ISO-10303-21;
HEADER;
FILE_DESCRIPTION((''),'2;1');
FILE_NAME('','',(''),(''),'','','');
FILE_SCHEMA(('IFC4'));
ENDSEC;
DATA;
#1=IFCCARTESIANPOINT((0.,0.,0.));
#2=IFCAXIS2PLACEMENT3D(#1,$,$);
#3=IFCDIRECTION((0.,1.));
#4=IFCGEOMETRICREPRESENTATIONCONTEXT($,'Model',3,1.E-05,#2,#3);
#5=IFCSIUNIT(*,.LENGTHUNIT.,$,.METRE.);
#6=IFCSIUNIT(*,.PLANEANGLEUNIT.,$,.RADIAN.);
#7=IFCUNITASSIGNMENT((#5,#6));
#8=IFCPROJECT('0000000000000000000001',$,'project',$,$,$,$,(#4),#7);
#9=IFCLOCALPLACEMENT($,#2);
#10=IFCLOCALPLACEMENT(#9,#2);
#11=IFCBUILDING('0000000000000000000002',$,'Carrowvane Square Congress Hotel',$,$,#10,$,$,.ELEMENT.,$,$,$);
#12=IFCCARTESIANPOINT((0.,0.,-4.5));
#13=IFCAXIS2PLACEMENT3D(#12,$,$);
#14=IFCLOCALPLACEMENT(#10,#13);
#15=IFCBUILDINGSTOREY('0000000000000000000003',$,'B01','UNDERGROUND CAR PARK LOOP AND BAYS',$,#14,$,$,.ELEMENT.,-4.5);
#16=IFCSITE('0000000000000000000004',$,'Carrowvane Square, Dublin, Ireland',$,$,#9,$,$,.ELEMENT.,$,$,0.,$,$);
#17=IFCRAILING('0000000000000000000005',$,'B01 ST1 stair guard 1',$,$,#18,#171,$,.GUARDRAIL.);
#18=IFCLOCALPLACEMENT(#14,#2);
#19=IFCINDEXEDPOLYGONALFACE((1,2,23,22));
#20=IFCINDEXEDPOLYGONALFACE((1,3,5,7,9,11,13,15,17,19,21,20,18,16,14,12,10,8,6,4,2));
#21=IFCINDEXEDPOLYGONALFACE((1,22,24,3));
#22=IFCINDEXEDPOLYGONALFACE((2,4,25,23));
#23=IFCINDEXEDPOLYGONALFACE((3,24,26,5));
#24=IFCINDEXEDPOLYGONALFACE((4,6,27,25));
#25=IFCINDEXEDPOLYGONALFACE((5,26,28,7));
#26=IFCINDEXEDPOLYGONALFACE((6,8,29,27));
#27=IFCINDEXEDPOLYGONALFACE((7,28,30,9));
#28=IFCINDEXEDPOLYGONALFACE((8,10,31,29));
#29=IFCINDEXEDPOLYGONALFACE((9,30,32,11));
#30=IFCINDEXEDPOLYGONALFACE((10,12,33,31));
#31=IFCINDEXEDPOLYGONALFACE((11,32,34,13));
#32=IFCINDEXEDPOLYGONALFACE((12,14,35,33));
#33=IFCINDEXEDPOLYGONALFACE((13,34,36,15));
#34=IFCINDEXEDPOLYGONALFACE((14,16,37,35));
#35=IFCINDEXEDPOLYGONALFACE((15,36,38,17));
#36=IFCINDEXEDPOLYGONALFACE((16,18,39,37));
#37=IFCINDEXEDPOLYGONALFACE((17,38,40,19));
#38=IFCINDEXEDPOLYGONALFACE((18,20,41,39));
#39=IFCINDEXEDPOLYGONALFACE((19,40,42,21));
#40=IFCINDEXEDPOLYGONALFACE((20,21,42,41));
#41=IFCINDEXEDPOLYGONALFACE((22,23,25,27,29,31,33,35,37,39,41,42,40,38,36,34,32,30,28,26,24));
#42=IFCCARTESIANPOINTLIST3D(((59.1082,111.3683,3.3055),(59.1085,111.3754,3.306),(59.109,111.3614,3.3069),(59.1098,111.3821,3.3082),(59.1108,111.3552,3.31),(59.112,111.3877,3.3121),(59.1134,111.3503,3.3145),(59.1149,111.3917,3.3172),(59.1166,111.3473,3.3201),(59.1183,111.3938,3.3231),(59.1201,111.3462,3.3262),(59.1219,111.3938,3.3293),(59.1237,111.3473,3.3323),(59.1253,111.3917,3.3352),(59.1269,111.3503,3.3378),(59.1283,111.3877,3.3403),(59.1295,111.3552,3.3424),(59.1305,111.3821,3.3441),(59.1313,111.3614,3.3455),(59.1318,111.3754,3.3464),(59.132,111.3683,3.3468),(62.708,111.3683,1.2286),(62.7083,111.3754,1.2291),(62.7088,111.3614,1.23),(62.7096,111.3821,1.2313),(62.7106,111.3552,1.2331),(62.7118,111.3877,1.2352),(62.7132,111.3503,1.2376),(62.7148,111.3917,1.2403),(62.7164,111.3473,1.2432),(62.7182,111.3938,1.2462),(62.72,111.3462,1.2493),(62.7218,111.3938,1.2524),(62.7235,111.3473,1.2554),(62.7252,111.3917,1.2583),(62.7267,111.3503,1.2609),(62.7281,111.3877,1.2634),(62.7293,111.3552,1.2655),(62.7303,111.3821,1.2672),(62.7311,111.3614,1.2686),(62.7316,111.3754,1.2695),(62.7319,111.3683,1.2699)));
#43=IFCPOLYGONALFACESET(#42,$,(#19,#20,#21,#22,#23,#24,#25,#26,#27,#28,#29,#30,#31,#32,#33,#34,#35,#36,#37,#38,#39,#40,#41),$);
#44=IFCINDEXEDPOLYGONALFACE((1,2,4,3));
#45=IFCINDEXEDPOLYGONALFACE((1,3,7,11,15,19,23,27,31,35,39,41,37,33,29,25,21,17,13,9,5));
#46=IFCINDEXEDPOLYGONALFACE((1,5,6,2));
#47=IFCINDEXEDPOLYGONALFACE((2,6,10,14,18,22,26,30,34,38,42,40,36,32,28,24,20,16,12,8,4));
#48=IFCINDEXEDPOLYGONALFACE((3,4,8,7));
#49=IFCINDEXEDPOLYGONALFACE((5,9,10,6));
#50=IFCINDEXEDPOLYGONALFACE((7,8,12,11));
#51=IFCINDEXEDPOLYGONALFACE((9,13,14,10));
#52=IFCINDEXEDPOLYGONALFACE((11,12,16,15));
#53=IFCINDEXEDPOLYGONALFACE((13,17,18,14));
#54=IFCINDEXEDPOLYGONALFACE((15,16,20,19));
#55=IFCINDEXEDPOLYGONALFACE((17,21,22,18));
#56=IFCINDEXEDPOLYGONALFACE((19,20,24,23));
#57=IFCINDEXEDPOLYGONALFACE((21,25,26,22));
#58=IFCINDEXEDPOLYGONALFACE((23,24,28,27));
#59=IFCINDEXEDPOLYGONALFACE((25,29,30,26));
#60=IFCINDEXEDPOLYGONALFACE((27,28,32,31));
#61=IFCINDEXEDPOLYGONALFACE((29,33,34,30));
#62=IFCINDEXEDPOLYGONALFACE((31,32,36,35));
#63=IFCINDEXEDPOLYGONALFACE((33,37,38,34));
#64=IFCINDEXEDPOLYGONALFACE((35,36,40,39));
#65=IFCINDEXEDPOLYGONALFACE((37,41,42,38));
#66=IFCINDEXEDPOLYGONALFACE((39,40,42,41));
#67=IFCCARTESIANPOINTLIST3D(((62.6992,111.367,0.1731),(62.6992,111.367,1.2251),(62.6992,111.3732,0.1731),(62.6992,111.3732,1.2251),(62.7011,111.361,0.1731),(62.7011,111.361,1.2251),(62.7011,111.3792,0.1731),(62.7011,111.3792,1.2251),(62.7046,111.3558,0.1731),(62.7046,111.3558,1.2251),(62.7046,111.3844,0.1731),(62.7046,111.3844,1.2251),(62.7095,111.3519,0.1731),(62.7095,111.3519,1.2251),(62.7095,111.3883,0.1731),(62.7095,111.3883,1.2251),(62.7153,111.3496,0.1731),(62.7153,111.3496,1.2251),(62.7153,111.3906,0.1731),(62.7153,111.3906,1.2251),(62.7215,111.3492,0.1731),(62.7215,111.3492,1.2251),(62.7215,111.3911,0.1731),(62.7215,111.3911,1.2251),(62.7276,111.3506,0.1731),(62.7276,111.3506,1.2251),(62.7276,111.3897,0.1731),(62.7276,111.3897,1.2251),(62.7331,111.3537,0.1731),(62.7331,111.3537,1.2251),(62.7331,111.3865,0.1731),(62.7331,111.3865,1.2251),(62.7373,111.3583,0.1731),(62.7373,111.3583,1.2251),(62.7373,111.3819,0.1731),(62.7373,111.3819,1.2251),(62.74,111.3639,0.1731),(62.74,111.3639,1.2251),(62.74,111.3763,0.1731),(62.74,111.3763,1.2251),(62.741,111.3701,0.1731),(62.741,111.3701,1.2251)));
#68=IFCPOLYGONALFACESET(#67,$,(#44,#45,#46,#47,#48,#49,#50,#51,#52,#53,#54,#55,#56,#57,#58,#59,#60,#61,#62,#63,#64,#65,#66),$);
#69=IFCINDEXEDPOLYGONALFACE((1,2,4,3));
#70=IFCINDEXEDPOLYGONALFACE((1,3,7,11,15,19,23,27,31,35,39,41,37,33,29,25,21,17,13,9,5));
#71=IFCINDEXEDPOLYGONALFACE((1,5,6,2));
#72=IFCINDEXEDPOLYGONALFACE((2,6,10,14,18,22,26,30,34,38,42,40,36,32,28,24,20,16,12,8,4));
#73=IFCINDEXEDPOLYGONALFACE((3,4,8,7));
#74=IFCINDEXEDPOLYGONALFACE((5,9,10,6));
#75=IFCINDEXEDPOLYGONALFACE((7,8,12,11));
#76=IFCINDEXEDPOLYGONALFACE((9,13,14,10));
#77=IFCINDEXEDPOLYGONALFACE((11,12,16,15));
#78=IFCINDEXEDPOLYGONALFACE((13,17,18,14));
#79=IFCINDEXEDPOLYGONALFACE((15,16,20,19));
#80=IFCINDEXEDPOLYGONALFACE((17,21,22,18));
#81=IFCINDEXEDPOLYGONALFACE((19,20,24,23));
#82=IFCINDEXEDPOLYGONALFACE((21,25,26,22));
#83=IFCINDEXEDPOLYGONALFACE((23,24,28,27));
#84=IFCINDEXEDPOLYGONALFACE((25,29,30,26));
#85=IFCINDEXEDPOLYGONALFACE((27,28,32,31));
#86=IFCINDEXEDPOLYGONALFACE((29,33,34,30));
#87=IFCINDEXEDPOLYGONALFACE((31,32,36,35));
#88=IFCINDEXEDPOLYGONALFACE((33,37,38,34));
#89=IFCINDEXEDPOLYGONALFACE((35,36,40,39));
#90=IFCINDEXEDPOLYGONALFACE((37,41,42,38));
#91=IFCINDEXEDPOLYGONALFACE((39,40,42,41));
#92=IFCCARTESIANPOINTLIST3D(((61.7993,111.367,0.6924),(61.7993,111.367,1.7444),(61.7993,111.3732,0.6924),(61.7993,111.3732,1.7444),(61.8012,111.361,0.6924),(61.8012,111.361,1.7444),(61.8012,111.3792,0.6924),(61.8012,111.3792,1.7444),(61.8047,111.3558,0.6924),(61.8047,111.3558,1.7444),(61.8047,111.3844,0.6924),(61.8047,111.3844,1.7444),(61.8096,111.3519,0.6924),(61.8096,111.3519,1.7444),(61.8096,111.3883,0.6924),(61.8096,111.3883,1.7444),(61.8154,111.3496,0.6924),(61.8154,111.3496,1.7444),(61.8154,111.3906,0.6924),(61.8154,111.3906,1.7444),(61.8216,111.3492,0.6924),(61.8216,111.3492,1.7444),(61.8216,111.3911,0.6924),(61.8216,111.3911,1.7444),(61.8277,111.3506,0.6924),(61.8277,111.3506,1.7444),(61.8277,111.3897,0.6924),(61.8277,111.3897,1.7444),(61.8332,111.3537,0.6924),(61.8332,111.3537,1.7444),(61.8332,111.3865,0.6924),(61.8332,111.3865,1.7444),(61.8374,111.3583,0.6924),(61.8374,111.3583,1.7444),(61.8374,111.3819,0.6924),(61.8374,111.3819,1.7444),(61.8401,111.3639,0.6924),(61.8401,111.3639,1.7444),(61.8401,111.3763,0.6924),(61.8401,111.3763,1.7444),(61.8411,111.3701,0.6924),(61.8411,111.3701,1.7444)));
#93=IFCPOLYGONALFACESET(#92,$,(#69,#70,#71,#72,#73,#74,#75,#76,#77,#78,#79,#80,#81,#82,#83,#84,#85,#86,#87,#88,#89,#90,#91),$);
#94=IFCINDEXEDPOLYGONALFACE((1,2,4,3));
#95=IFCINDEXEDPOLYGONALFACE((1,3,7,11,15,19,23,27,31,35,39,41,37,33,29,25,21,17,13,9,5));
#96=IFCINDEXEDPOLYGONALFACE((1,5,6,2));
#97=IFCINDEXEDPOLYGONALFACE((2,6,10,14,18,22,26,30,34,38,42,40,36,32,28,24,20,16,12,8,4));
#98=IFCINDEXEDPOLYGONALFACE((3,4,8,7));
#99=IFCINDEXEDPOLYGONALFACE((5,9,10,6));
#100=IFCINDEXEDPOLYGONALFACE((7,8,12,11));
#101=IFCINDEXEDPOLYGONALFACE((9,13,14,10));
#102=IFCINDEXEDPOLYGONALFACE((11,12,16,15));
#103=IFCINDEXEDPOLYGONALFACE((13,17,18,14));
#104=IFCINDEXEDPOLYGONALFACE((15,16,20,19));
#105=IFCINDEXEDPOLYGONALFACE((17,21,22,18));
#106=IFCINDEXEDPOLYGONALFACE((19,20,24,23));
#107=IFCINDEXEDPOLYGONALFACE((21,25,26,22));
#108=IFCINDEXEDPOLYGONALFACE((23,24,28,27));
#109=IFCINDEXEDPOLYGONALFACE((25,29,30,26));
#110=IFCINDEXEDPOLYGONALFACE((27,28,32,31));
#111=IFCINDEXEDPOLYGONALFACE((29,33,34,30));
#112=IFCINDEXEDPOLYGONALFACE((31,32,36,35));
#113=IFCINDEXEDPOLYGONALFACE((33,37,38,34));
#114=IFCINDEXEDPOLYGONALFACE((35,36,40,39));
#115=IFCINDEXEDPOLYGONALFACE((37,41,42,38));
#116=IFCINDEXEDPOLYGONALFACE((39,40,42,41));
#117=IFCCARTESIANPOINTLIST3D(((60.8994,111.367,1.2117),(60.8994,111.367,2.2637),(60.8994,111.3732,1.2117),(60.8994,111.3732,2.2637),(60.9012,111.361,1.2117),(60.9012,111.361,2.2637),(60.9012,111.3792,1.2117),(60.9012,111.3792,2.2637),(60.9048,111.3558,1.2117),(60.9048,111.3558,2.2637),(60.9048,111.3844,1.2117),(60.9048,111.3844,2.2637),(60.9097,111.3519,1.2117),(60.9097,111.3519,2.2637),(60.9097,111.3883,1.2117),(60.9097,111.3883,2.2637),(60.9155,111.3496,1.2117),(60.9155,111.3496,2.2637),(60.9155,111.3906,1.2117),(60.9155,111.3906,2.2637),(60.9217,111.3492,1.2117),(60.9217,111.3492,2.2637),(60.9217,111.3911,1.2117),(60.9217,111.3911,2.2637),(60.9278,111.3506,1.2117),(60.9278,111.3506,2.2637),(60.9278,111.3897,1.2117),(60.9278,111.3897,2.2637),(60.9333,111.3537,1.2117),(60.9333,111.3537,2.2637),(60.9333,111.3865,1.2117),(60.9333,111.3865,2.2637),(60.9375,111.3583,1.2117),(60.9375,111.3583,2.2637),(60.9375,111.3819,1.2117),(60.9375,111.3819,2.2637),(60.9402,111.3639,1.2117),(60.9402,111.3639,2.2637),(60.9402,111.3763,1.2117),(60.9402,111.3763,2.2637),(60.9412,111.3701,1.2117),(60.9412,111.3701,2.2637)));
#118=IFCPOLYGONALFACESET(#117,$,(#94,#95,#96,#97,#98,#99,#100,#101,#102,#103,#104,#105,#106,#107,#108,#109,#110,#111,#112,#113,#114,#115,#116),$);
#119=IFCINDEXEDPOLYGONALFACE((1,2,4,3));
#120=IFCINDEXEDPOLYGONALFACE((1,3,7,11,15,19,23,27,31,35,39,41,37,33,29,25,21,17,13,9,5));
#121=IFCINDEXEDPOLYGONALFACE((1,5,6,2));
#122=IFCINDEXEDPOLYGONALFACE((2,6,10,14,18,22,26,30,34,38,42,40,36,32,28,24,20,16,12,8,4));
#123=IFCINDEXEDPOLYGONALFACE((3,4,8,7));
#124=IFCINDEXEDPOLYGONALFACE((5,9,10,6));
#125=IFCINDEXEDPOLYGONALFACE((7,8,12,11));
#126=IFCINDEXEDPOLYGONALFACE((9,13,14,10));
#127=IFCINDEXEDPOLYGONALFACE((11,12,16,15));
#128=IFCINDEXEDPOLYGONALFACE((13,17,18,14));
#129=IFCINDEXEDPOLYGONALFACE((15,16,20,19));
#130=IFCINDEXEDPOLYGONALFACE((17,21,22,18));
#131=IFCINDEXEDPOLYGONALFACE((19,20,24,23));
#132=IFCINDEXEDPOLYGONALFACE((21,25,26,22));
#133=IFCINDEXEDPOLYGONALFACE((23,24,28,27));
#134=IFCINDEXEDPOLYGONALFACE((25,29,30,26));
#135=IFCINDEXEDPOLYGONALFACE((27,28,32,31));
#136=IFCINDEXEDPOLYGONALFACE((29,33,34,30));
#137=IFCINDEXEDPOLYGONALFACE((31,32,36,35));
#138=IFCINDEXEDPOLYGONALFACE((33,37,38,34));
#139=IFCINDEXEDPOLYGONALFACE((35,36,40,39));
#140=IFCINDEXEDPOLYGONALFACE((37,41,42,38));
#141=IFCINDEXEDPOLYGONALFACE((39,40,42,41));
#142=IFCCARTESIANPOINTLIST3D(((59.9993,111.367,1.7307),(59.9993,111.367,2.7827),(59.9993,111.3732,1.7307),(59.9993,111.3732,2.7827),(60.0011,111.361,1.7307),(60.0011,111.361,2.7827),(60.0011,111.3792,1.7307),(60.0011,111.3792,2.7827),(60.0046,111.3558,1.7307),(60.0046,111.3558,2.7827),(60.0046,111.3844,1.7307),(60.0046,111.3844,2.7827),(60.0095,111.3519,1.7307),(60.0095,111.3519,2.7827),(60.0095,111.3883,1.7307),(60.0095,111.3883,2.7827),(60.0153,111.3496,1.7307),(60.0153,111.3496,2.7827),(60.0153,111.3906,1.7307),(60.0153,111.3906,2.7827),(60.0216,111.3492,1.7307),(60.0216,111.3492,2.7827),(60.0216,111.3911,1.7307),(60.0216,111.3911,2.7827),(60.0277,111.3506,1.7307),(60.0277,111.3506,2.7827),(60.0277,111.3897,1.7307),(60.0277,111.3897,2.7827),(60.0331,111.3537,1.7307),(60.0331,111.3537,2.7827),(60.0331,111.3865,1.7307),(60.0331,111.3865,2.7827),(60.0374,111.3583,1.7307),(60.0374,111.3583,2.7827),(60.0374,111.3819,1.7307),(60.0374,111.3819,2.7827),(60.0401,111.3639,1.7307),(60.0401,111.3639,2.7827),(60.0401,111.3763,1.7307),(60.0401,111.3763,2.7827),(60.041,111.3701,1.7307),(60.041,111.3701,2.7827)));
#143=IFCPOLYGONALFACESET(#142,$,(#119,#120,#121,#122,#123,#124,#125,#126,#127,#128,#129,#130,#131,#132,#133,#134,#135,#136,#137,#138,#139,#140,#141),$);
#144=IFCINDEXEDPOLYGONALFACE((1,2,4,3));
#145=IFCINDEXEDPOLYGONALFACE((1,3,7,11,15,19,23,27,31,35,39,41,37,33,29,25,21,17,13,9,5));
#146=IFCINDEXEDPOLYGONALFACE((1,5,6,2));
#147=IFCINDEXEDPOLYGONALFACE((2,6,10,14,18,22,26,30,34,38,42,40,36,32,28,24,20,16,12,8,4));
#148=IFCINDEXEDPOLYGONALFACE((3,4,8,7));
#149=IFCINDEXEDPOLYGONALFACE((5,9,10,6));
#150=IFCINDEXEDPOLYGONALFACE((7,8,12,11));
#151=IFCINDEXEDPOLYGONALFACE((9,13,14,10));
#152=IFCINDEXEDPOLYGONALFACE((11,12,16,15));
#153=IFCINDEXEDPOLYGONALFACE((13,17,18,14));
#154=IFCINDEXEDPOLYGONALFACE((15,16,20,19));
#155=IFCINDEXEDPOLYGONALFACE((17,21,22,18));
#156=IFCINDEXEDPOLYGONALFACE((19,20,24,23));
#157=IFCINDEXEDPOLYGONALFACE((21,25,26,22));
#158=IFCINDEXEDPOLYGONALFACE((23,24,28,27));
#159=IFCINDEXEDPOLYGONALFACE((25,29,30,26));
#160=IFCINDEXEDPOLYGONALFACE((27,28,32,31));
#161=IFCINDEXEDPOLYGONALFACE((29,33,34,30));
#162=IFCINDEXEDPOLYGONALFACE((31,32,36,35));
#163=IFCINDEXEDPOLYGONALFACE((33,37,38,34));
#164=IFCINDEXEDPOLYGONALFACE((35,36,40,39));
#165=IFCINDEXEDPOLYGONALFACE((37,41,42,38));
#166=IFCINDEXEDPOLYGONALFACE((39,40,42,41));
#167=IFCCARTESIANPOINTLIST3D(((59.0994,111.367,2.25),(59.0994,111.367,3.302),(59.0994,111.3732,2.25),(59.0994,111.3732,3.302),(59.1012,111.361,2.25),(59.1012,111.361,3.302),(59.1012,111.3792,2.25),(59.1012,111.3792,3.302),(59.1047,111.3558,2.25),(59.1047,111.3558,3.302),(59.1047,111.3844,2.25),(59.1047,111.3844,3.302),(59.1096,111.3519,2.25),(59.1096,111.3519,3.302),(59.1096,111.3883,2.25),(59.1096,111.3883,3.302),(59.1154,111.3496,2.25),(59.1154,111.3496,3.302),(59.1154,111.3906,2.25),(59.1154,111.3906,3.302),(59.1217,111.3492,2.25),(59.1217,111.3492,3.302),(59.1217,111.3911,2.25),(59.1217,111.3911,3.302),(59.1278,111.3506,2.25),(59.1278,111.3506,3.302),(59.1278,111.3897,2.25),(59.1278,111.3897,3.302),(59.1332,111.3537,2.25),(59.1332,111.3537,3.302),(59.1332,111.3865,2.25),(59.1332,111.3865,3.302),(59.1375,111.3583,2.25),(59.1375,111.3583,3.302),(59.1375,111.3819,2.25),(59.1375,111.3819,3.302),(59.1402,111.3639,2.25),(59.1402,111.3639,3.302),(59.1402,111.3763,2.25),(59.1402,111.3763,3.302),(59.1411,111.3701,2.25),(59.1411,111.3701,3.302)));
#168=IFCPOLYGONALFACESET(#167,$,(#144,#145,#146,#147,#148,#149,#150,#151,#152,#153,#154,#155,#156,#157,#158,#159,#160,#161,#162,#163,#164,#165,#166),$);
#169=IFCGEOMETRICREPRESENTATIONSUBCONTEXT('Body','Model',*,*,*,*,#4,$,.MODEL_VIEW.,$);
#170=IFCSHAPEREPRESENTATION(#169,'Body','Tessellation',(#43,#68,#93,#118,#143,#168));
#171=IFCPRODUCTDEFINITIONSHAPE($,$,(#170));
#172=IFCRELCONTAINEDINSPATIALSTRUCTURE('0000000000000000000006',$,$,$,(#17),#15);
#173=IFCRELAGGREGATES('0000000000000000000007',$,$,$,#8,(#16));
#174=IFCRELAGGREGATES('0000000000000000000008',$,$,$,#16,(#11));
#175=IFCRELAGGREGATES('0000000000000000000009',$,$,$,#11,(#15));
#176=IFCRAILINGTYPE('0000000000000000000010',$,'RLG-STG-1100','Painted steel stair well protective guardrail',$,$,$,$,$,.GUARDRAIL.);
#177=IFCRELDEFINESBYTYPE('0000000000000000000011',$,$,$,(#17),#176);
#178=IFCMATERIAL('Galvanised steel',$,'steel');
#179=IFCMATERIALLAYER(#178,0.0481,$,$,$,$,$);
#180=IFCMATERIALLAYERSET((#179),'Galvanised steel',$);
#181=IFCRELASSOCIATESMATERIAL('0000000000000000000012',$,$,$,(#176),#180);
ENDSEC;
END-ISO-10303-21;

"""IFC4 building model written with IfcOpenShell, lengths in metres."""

from ifc_helpers import new_model, si_unit, direction, frame, origin, origin_2d, place, context, subcontext, project, spatial, circle, extrude, material, layer, layer_set, type_object, element, save


model = new_model("IFC4")

# Units and contexts
model_context = context("Model", 3, precision=1e-05, world=origin(), true_north=direction((0.0, 1.0)))
body_context = subcontext(model_context, "Body", "Model", "MODEL_VIEW")
ifc_project = project(units=[si_unit("LENGTHUNIT", "METRE"), si_unit("PLANEANGLEUNIT", "RADIAN")], contexts=[model_context])

# Site, building, storey
site_placement = place(None, origin())
site = spatial("IfcSite", under=ifc_project, at=site_placement, Name="Carrowvane Square, Dublin, Ireland", CompositionType="ELEMENT", RefElevation=0.0)
building_placement = place(site_placement, origin())
building = spatial("IfcBuilding", under=site, at=building_placement, Name="Carrowvane Square Congress Hotel", CompositionType="ELEMENT")
storey_placement = place(building_placement, frame((0.0, 0.0, -4.5)))
storey = spatial("IfcBuildingStorey", under=building, at=storey_placement, Name="B01", Description="UNDERGROUND CAR PARK LOOP AND BAYS", CompositionType="ELEMENT", Elevation=-4.5)

# Railing
ifc_material_1 = material(Name="Galvanised steel", Category="steel")
ifc_layer_1 = layer(ifc_material_1, 0.0481)
ifc_layer_set_1 = layer_set([ifc_layer_1], Name="Galvanised steel")
railing_type_1 = type_object("IfcRailingType", Name="RLG-STG-1100", Description="Painted steel stair well protective guardrail", PredefinedType="GUARDRAIL", material=ifc_layer_set_1)
railing_1_placement = place(storey_placement, frame((62.72, 111.3701, 0.1731)))
element("IfcRailing", 1, at=railing_1_placement, inside=storey, type_object=railing_type_1, Name="B01 ST1 stair guard 1", PredefinedType="GUARDRAIL", context=body_context, shape_type="SweptSolid", body=[
    extrude(circle(Radius=0.0239, at=origin_2d()), frame((0.0, 0.0, 1.0762), z_axis=(-0.866179, 0.0, 0.499734), x_axis=(0.0, -1.0, 0.0)), (0.0, 0.0, 1.0), 4.156),
    extrude(circle(Radius=0.021, at=origin_2d()), origin(), (0.0, 0.0, 1.0), 1.052),
    extrude(circle(Radius=0.021, at=origin_2d()), frame((-0.8999, 0.0, 0.5193)), (0.0, 0.0, 1.0), 1.052),
    extrude(circle(Radius=0.021, at=origin_2d()), frame((-1.7998, 0.0, 1.0386)), (0.0, 0.0, 1.0), 1.052),
    extrude(circle(Radius=0.021, at=origin_2d()), frame((-2.7, 0.0, 1.5576)), (0.0, 0.0, 1.0), 1.052),
    extrude(circle(Radius=0.021, at=origin_2d()), frame((-3.5999, 0.0, 2.0769)), (0.0, 0.0, 1.0), 1.052),
])

save(model, "model.ifc")
